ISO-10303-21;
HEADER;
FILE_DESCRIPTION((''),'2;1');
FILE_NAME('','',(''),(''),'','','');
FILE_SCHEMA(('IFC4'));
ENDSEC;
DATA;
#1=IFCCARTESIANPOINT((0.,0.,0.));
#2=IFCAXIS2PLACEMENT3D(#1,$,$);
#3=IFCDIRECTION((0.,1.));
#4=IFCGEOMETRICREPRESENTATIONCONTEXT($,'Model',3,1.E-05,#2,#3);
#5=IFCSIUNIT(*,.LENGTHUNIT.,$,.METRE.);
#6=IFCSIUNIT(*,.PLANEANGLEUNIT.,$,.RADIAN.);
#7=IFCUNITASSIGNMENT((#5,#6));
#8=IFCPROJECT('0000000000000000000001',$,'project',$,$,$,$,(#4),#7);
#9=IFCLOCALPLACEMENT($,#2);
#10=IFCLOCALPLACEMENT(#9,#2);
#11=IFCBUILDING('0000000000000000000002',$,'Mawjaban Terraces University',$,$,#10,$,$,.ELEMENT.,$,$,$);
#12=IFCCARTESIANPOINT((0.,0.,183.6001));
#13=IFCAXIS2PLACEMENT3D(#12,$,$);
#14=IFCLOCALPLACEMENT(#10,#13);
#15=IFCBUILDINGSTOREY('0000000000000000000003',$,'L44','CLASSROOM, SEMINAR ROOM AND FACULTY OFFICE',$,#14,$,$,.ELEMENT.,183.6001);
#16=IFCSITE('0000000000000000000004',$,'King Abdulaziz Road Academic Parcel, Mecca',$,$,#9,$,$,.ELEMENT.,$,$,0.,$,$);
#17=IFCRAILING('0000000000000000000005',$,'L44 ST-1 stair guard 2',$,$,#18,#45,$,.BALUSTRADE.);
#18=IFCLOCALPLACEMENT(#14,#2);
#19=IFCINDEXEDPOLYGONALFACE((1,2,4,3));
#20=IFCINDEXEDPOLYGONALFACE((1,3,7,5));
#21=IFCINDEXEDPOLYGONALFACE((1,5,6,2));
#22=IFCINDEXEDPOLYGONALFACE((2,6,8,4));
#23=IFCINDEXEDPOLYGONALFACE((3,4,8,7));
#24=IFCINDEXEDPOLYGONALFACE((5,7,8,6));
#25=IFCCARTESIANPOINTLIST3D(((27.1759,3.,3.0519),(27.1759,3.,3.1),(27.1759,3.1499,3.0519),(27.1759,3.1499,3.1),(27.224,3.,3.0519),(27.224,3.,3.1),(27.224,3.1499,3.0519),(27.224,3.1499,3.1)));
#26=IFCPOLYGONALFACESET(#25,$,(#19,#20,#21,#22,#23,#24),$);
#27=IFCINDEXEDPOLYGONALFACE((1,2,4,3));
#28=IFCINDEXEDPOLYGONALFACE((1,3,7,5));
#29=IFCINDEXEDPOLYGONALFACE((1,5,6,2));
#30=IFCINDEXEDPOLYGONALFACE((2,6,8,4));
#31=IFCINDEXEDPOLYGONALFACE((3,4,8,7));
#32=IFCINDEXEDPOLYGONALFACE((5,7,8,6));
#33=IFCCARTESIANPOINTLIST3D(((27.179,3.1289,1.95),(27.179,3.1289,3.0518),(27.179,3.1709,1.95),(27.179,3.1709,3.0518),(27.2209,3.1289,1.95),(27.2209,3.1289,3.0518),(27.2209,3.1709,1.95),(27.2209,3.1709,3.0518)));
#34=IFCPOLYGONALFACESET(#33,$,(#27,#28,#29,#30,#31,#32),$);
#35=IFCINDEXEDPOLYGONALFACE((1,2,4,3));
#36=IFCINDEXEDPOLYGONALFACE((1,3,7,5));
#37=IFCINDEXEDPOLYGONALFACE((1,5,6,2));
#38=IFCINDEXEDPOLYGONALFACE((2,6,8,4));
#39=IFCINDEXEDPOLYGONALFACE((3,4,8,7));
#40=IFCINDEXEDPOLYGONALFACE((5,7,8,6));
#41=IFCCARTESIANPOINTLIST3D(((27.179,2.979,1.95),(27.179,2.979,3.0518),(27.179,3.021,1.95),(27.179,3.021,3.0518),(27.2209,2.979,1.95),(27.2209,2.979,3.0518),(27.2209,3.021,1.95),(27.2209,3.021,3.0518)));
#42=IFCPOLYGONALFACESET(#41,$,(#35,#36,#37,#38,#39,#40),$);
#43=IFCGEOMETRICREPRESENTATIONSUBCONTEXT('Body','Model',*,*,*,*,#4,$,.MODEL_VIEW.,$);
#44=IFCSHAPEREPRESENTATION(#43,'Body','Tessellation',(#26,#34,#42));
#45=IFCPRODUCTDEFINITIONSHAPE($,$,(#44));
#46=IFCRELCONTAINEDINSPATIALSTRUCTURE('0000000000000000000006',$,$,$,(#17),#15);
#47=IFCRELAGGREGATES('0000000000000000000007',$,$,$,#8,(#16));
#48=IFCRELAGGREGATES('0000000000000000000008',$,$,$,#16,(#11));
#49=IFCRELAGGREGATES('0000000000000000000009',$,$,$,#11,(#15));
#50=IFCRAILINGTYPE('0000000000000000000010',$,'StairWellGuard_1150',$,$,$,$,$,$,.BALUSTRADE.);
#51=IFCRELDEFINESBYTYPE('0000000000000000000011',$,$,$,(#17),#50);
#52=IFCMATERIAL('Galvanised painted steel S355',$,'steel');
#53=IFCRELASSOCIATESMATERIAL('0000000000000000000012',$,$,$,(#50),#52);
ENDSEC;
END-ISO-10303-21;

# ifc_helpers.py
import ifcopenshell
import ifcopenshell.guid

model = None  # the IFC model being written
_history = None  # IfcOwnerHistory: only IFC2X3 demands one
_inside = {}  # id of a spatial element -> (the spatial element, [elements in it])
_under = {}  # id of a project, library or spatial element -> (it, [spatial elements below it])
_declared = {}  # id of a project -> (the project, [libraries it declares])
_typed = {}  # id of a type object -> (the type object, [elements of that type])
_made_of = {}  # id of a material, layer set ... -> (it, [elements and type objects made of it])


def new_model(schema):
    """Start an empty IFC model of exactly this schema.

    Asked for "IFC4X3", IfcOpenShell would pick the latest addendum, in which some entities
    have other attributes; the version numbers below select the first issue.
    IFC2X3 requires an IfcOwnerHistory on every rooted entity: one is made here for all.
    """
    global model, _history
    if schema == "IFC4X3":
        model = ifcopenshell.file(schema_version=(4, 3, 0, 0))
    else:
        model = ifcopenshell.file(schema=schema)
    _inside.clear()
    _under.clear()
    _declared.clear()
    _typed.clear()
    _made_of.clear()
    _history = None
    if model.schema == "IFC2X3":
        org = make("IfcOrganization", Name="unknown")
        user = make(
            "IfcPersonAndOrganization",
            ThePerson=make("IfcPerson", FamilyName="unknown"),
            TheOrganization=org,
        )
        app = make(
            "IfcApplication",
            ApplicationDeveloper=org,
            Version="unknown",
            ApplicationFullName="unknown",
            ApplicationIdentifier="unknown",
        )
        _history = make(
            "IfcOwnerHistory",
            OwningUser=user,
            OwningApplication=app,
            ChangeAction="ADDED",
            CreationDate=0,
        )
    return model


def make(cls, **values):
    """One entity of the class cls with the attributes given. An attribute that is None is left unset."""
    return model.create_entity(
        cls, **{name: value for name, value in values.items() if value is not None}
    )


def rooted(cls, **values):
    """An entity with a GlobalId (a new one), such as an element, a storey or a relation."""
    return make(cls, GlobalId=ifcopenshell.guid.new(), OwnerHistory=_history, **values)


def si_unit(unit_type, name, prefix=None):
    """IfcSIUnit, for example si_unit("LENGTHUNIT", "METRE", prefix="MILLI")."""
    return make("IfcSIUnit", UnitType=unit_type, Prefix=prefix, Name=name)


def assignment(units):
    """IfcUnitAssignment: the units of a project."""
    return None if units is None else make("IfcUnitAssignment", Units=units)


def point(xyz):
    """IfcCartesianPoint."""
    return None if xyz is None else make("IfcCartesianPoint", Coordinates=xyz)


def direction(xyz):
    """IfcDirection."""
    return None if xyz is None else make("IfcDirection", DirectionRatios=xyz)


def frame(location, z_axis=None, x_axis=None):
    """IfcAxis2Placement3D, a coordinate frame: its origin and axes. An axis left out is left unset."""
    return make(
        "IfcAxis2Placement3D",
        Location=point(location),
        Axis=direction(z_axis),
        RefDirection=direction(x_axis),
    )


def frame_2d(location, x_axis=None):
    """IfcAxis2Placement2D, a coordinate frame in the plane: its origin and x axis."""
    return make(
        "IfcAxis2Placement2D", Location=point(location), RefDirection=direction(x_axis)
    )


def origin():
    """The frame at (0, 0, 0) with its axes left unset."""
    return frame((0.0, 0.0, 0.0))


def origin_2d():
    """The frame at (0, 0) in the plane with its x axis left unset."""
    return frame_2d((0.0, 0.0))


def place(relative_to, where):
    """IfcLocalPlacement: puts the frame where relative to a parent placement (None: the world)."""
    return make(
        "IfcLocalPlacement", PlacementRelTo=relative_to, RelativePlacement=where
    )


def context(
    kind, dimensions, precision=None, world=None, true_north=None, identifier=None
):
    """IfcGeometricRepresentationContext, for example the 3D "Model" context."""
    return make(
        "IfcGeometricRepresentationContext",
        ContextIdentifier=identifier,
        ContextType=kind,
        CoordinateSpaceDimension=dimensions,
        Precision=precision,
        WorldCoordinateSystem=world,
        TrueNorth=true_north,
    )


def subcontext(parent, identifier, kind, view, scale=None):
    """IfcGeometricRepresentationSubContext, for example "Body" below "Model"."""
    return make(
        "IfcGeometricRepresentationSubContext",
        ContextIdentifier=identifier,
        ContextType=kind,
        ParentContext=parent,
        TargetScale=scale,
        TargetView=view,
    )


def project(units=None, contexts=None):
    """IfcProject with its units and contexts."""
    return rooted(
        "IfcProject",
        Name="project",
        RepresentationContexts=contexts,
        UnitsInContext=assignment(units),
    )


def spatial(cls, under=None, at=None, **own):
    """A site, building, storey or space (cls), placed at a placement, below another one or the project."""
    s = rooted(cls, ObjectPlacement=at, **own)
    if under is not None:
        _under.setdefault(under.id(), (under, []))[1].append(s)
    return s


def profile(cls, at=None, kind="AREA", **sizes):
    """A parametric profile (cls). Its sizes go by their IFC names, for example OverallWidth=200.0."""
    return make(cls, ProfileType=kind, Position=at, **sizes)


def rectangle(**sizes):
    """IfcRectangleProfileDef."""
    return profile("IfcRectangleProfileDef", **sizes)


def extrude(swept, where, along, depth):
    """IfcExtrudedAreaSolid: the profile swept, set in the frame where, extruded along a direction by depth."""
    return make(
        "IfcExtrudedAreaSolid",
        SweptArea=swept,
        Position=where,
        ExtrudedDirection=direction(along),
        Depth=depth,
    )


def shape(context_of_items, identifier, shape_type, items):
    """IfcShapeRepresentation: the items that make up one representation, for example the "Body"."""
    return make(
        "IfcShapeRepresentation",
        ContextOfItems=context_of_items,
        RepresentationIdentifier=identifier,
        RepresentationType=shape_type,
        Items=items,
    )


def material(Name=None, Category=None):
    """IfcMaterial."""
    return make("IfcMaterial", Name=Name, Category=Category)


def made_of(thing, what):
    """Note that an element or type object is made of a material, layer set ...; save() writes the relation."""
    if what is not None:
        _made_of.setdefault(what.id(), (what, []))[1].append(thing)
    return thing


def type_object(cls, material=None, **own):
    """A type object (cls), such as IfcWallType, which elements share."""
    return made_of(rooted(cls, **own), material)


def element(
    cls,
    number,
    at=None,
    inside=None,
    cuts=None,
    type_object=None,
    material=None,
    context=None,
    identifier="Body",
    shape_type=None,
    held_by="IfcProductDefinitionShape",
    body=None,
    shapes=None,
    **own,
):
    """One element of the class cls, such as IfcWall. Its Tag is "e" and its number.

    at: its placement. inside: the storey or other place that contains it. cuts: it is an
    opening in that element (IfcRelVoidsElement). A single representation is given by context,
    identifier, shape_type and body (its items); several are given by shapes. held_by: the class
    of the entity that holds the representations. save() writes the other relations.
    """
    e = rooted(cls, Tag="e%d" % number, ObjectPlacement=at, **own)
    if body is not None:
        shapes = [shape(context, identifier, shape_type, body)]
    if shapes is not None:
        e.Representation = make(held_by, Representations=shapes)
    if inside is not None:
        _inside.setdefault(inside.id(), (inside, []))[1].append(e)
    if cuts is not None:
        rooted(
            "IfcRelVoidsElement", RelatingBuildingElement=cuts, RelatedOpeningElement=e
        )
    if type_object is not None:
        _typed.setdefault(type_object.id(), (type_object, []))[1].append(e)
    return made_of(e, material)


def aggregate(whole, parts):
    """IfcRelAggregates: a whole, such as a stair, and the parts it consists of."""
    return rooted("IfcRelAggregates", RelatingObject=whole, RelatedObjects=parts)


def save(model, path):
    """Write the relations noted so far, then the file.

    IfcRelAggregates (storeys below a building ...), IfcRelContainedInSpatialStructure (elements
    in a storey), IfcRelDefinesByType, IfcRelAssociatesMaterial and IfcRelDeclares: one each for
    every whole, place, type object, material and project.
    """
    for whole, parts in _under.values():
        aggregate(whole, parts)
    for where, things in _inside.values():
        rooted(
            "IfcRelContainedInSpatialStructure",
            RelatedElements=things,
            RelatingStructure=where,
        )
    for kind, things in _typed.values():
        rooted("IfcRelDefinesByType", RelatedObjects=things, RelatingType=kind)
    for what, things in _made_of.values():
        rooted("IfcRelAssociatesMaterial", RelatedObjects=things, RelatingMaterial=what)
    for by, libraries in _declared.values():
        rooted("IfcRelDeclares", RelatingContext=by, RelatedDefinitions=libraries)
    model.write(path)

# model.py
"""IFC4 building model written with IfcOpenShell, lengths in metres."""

from ifc_helpers import new_model, si_unit, direction, frame, origin, origin_2d, place, context, subcontext, project, spatial, rectangle, extrude, material, type_object, element, save


model = new_model("IFC4")

# Units and contexts
model_context = context("Model", 3, precision=1e-05, world=origin(), true_north=direction((0.0, 1.0)))
body_context = subcontext(model_context, "Body", "Model", "MODEL_VIEW")
ifc_project = project(units=[si_unit("LENGTHUNIT", "METRE"), si_unit("PLANEANGLEUNIT", "RADIAN")], contexts=[model_context])

# Site, building, storey
site_placement = place(None, origin())
site = spatial("IfcSite", under=ifc_project, at=site_placement, Name="King Abdulaziz Road Academic Parcel, Mecca", CompositionType="ELEMENT", RefElevation=0.0)
building_placement = place(site_placement, origin())
building = spatial("IfcBuilding", under=site, at=building_placement, Name="Mawjaban Terraces University", CompositionType="ELEMENT")
storey_placement = place(building_placement, frame((0.0, 0.0, 183.6001)))
storey = spatial("IfcBuildingStorey", under=building, at=storey_placement, Name="L44", Description="CLASSROOM, SEMINAR ROOM AND FACULTY OFFICE", CompositionType="ELEMENT", Elevation=183.6001)

# Railing
ifc_material_1 = material(Name="Galvanised painted steel S355", Category="steel")
railing_type = type_object("IfcRailingType", Name="StairWellGuard_1150", PredefinedType="BALUSTRADE", material=ifc_material_1)
railing_placement = place(storey_placement, frame((27.2, 3.1499, 1.95)))
element("IfcRailing", 1, at=railing_placement, inside=storey, type_object=railing_type, Name="L44 ST-1 stair guard 2", PredefinedType="BALUSTRADE", context=body_context, shape_type="SweptSolid", body=[
    extrude(rectangle(XDim=0.0481, YDim=0.0481, at=origin_2d()), frame((0.0, 0.0, 1.126), z_axis=(0.0, -1.0, 0.0), x_axis=(1.0, 0.0, 0.0)), (0.0, 0.0, 1.0), 0.1499),
    extrude(rectangle(XDim=0.042, YDim=0.042, at=origin_2d()), origin(), (0.0, 0.0, 1.0), 1.1018),
    extrude(rectangle(XDim=0.042, YDim=0.042, at=origin_2d()), frame((0.0, -0.1499, 0.0)), (0.0, 0.0, 1.0), 1.1018),
])

save(model, "model.ifc")
